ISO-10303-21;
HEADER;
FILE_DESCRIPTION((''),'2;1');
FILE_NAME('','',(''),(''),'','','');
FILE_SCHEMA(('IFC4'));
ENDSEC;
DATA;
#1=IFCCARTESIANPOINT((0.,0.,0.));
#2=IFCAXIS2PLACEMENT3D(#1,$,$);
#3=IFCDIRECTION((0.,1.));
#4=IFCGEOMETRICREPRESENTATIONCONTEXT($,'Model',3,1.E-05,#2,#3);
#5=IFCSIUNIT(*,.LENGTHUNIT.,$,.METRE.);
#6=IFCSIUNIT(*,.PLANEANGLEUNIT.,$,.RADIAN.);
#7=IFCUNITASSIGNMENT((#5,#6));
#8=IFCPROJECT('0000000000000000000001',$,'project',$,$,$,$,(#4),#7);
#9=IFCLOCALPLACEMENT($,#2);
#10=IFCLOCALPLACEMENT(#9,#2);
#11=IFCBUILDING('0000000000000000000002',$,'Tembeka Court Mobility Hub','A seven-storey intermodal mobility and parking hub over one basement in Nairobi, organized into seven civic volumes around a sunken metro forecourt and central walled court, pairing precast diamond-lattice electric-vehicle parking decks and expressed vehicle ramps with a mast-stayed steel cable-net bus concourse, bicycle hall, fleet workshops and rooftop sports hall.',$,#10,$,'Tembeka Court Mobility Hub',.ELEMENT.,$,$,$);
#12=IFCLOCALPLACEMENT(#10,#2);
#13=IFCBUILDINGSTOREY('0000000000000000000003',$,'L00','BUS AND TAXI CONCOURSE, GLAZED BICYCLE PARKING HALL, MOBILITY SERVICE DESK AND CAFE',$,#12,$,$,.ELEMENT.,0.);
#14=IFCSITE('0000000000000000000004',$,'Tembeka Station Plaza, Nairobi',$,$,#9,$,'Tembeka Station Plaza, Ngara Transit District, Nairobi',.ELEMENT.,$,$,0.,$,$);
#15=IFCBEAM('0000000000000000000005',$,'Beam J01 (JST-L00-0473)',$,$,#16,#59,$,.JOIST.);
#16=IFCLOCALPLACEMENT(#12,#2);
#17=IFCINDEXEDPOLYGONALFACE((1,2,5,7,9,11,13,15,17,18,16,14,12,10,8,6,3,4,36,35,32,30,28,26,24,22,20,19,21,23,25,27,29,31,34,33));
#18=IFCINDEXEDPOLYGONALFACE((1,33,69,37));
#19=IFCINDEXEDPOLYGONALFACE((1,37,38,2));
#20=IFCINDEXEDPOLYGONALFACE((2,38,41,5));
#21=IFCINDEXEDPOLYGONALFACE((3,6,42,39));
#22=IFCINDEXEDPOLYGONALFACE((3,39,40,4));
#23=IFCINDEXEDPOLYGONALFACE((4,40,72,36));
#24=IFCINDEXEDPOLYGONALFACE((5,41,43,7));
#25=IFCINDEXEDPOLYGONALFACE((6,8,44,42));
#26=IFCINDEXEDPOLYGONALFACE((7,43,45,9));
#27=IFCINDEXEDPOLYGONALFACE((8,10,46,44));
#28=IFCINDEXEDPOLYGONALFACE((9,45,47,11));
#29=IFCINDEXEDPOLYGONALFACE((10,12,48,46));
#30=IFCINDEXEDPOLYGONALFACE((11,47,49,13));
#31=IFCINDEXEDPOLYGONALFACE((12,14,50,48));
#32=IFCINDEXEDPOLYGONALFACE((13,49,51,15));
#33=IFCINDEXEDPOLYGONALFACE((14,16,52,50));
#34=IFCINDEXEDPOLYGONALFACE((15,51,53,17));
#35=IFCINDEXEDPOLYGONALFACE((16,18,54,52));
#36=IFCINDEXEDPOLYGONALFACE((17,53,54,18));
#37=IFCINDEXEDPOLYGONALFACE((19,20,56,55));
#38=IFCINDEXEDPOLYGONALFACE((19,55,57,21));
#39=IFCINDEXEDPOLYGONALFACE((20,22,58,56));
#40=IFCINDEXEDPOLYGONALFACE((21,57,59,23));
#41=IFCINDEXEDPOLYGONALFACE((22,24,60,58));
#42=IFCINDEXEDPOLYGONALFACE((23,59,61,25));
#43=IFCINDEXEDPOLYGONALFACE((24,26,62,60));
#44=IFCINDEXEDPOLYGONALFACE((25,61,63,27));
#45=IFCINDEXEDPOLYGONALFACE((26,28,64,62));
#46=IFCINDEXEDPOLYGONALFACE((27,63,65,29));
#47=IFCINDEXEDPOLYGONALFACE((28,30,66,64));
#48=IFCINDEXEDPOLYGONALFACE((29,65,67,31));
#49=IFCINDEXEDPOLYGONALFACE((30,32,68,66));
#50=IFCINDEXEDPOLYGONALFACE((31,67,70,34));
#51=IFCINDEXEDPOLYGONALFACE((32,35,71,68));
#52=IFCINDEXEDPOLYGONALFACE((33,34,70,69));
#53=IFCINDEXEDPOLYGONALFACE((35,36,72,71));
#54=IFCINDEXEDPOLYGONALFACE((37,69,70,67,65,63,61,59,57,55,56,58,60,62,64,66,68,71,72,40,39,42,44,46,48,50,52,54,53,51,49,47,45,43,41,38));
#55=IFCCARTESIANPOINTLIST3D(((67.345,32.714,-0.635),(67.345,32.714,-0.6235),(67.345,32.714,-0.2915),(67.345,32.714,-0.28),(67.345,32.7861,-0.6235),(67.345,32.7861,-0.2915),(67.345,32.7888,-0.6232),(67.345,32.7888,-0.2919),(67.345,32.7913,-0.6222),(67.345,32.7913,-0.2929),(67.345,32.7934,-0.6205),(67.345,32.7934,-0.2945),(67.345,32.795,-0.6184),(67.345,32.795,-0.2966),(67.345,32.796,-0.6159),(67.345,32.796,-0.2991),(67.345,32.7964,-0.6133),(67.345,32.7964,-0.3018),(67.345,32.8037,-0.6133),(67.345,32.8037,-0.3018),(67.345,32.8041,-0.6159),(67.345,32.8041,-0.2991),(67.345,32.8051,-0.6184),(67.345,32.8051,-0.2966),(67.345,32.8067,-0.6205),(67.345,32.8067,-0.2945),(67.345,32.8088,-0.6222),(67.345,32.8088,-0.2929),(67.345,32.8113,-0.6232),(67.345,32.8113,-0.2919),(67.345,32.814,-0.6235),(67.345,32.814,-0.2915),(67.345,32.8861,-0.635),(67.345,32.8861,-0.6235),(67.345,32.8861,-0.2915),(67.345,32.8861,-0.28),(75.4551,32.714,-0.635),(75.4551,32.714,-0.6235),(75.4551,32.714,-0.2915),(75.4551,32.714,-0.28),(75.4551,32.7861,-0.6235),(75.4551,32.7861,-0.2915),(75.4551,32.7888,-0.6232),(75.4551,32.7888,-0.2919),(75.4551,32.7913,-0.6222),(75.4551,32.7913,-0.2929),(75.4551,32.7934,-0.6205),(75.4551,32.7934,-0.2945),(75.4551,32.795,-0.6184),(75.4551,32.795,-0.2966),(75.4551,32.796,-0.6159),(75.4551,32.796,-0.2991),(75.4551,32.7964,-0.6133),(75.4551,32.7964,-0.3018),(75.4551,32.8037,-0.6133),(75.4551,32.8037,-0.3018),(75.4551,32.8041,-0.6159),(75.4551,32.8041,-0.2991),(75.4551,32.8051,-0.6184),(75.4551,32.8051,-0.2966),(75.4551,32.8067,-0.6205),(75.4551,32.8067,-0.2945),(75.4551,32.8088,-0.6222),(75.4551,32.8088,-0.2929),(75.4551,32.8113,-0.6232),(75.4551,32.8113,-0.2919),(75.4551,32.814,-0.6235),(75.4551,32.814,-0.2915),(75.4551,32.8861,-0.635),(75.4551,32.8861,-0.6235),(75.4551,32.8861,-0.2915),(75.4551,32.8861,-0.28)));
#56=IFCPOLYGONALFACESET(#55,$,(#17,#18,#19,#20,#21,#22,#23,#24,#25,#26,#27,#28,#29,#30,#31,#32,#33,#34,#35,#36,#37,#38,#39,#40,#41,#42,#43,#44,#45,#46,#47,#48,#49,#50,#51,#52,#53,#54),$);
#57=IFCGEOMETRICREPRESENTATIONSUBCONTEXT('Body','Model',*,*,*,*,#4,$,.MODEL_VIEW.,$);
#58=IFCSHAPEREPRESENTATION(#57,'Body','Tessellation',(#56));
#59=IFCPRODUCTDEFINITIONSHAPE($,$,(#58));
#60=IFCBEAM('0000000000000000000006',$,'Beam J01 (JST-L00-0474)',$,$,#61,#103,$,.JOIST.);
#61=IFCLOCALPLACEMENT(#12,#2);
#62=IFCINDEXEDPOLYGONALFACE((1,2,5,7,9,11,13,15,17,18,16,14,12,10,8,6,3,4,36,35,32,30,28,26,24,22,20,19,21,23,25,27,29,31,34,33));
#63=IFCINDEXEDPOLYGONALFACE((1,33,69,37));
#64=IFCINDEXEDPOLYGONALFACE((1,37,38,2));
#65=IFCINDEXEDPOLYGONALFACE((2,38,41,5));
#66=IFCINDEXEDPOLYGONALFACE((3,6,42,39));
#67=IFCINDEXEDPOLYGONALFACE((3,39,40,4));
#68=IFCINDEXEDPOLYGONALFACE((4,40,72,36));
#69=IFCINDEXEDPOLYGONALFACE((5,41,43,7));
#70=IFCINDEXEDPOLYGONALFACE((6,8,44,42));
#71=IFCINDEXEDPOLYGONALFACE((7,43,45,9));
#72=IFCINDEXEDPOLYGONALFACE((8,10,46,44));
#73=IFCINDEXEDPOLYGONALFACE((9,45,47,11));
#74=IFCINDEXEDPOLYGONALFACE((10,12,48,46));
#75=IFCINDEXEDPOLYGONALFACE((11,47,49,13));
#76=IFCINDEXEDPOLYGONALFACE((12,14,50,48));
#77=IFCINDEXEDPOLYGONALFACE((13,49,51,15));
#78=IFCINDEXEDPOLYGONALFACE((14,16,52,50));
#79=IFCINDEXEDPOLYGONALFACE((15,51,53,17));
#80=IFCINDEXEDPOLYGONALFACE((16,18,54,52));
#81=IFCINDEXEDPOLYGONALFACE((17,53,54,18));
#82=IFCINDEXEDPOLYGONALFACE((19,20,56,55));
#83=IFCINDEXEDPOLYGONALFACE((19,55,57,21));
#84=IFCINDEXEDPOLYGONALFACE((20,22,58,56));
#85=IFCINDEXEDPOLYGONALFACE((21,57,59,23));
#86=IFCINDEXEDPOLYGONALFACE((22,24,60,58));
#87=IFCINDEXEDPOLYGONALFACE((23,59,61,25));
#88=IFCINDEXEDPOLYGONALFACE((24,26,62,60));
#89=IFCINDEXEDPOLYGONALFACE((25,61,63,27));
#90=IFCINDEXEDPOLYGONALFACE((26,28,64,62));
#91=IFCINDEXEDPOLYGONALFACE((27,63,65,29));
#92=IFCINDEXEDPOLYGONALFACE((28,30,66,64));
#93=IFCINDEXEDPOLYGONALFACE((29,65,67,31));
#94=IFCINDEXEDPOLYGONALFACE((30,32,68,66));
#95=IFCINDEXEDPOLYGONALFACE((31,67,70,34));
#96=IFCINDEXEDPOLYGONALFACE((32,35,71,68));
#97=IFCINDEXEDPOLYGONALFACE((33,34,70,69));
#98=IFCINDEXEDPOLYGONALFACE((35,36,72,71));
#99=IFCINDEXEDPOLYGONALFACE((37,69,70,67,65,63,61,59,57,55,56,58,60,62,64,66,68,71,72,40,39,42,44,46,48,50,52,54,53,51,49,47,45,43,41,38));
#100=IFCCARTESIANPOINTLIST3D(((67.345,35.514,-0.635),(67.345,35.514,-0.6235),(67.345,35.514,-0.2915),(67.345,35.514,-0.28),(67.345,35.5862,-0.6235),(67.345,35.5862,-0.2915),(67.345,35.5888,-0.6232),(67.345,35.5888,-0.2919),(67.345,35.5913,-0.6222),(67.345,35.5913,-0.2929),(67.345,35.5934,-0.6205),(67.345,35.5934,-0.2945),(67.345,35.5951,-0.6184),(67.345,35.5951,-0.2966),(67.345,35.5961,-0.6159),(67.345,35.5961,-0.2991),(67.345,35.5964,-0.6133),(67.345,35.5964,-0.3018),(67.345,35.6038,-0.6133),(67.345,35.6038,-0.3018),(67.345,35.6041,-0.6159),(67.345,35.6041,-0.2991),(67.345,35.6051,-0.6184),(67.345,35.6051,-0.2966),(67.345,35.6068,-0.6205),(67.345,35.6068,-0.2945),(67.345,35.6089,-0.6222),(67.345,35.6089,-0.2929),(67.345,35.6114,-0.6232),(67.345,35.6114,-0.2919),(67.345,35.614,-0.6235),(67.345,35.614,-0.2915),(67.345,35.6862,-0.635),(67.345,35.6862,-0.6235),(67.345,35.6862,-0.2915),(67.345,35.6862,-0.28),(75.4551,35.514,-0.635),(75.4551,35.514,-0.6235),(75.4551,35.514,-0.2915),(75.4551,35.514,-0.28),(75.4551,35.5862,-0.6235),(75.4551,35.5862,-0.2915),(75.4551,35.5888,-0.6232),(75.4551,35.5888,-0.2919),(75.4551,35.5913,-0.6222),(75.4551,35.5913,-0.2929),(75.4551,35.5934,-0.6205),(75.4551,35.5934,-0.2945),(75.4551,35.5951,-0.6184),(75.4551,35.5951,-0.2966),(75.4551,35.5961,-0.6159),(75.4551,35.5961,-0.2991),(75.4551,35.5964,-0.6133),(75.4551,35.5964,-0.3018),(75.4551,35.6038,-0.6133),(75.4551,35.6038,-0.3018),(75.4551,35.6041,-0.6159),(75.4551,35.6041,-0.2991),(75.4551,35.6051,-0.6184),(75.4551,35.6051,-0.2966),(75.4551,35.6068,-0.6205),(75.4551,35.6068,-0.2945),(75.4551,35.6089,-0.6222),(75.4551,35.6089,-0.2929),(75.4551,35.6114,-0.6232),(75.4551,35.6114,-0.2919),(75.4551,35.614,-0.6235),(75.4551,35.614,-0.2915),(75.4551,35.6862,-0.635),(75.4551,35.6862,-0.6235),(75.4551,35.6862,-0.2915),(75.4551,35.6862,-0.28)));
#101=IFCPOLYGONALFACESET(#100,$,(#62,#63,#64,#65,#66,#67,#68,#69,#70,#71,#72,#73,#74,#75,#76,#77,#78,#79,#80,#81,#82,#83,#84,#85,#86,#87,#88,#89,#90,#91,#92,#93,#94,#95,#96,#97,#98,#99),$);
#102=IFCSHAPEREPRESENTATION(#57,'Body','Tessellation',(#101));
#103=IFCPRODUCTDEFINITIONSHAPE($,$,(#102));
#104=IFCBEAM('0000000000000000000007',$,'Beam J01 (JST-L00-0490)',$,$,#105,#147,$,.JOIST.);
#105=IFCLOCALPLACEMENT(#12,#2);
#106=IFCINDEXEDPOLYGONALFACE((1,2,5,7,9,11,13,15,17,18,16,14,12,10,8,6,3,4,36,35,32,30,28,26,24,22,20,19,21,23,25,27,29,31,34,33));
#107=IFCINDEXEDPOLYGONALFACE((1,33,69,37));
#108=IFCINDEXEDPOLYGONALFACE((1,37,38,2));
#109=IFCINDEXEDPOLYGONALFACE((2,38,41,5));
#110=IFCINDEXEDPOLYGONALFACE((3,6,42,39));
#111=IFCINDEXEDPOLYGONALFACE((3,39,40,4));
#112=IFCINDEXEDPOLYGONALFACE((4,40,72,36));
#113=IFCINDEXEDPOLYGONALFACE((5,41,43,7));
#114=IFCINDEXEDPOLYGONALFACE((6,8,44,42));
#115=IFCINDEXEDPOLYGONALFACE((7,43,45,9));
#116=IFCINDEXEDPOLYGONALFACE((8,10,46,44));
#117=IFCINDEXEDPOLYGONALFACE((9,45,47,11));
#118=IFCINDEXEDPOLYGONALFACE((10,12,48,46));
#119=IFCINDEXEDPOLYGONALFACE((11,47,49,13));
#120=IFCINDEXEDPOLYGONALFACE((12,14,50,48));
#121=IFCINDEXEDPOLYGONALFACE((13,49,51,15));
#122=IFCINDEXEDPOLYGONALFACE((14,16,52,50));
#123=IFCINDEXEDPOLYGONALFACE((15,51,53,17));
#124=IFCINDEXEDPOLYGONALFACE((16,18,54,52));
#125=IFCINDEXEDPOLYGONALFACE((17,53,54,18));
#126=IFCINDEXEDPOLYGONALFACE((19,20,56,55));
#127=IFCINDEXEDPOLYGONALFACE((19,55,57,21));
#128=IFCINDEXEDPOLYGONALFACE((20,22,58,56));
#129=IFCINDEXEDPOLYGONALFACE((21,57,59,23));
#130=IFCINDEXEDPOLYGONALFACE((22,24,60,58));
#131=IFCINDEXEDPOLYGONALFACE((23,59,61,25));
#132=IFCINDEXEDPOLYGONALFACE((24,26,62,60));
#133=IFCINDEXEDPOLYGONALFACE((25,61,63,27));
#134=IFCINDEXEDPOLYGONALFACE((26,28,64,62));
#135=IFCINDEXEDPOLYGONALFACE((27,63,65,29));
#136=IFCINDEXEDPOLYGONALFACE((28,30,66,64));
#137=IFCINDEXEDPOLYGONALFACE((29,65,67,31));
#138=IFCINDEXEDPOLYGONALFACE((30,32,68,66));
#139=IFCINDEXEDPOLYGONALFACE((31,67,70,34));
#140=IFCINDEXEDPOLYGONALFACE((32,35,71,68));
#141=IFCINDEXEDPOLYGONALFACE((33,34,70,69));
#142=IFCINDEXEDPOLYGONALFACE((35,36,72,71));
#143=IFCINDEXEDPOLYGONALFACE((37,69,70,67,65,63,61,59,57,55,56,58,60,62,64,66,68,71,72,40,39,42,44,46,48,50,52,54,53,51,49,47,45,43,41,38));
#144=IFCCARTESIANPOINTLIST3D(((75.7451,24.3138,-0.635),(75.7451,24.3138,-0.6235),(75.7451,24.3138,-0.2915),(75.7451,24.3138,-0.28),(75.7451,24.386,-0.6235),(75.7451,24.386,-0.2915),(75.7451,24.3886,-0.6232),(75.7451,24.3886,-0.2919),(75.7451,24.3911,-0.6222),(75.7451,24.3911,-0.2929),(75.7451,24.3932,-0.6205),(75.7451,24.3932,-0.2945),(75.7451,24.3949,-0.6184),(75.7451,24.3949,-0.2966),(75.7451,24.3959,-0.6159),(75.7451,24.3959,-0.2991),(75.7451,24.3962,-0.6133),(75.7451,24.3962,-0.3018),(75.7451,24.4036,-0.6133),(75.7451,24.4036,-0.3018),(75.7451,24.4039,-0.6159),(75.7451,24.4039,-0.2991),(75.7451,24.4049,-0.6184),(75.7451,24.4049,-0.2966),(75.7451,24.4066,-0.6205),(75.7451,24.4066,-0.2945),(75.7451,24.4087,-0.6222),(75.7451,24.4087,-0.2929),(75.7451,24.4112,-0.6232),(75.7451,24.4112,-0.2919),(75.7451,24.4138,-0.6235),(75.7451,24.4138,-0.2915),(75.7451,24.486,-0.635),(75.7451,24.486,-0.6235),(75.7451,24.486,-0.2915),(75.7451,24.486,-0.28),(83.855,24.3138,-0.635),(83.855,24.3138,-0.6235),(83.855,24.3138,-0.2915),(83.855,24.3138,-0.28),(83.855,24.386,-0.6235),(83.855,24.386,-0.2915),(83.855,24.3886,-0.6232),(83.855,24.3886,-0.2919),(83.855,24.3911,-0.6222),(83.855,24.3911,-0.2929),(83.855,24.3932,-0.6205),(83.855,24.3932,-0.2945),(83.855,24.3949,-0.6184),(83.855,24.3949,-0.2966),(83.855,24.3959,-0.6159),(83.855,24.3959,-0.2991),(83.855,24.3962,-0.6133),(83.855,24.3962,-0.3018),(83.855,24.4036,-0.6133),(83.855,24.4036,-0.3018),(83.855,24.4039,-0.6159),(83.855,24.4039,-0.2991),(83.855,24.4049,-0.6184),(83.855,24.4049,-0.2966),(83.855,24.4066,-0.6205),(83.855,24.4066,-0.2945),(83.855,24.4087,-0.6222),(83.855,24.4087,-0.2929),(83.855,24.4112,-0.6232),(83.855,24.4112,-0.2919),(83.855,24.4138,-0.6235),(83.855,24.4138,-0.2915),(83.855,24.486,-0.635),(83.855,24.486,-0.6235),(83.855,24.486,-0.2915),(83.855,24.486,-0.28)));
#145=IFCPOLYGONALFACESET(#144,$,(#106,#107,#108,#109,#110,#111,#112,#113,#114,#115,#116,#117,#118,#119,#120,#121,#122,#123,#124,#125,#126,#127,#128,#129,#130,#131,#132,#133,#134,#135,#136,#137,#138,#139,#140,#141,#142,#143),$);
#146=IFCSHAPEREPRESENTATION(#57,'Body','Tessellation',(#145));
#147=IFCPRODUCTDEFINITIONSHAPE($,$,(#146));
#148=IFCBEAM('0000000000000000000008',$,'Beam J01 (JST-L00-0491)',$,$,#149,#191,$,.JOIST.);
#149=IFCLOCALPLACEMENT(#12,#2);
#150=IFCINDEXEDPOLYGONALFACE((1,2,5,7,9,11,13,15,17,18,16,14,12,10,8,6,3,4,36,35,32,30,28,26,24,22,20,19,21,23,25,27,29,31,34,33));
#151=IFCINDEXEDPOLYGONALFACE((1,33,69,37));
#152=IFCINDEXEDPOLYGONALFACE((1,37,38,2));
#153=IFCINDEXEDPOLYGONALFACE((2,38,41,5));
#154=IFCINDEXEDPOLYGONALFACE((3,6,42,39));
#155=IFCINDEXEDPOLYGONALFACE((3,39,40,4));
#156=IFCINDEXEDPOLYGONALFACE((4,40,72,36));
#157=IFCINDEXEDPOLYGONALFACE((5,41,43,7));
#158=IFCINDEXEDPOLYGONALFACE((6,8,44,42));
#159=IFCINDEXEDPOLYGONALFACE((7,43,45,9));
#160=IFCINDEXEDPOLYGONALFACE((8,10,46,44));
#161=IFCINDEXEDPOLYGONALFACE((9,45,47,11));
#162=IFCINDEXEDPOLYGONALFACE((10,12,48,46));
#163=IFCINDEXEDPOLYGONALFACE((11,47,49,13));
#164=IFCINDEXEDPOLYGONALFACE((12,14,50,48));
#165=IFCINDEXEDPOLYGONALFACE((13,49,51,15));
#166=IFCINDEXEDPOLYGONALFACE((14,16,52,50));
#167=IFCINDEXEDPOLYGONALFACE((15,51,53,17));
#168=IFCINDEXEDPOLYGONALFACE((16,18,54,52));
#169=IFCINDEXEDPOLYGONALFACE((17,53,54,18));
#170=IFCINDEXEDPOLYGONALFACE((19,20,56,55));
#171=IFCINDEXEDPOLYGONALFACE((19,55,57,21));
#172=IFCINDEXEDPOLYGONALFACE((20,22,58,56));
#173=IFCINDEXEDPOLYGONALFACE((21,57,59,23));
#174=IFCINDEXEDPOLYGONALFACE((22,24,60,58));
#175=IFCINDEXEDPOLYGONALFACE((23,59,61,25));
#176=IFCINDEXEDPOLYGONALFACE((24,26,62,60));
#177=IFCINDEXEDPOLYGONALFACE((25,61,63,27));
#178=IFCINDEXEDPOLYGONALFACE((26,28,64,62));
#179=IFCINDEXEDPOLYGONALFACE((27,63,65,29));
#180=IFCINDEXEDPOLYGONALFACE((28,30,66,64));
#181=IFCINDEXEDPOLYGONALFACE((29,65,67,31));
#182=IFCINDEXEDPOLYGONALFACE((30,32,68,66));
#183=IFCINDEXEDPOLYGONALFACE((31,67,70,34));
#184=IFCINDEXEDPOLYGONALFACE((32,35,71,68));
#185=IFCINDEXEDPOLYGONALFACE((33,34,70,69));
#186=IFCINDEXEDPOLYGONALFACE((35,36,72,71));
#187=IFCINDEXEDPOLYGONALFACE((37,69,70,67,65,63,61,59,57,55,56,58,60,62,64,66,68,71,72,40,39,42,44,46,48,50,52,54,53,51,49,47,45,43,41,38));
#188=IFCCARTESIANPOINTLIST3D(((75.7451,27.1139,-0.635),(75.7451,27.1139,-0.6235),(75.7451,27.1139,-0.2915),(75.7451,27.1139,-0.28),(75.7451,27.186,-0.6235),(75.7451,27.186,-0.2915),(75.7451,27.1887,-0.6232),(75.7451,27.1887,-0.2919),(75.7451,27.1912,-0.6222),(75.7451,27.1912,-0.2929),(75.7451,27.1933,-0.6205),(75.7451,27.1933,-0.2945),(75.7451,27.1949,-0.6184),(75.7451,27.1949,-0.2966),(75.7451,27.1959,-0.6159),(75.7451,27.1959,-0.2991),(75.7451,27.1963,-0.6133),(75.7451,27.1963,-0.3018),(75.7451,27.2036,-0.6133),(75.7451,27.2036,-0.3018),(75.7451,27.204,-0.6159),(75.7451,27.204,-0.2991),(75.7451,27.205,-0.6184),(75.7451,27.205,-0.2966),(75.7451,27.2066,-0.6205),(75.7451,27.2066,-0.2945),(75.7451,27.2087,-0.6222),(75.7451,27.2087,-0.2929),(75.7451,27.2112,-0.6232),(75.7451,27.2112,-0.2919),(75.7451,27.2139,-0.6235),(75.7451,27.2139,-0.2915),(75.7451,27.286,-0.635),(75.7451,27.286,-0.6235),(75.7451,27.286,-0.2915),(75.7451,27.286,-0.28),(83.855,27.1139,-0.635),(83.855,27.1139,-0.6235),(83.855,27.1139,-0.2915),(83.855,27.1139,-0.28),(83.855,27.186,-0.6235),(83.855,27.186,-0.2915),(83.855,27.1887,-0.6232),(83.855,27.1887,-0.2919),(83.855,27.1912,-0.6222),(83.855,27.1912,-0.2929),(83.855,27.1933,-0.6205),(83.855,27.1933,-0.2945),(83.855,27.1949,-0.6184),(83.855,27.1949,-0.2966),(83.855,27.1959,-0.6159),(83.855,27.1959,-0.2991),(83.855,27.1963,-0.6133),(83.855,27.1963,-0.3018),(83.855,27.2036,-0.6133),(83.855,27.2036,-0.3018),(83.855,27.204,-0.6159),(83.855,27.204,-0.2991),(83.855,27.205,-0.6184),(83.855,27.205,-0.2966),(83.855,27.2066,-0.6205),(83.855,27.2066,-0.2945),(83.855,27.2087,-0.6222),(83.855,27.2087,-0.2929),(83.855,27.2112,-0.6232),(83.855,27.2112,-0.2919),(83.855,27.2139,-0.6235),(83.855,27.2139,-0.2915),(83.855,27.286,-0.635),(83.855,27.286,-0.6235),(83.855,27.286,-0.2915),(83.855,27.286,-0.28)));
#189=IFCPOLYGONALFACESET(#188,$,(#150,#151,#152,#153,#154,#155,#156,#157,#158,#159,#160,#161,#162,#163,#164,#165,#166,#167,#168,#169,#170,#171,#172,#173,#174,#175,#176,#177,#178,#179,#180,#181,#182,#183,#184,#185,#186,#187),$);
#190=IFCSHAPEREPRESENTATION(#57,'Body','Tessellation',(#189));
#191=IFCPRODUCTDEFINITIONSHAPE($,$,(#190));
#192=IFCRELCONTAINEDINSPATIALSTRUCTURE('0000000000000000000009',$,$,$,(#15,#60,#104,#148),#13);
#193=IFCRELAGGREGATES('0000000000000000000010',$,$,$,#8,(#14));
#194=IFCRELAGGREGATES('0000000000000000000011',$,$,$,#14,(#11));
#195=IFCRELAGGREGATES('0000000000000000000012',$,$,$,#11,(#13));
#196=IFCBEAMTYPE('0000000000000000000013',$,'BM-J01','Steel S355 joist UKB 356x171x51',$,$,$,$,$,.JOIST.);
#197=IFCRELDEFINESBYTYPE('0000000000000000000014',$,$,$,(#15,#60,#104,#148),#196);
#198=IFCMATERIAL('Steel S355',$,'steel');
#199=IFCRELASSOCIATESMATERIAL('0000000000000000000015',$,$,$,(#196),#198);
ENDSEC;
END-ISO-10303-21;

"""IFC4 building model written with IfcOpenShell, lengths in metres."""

from ifc_helpers import new_model, si_unit, direction, frame, origin, origin_2d, place, context, subcontext, project, spatial, i_section, extrude, material, material_profile, profile_set, type_object, element, save


model = new_model("IFC4")

# Units and contexts
model_context = context("Model", 3, precision=1e-05, world=origin(), true_north=direction((0.0, 1.0)))
body_context = subcontext(model_context, "Body", "Model", "MODEL_VIEW")
ifc_project = project(units=[si_unit("LENGTHUNIT", "METRE"), si_unit("PLANEANGLEUNIT", "RADIAN")], contexts=[model_context])

# Site, building, storey
site_placement = place(None, origin())
site = spatial("IfcSite", under=ifc_project, at=site_placement, Name="Tembeka Station Plaza, Nairobi", LongName="Tembeka Station Plaza, Ngara Transit District, Nairobi", CompositionType="ELEMENT", RefElevation=0.0)
building_placement = place(site_placement, origin())
building = spatial("IfcBuilding", under=site, at=building_placement, Name="Tembeka Court Mobility Hub", Description="A seven-storey intermodal mobility and parking hub over one basement in Nairobi, organized into seven civic volumes around a sunken metro forecourt and central walled court, pairing precast diamond-lattice electric-vehicle parking decks and expressed vehicle ramps with a mast-stayed steel cable-net bus concourse, bicycle hall, fleet workshops and rooftop sports hall.", LongName="Tembeka Court Mobility Hub", CompositionType="ELEMENT")
storey_placement = place(building_placement, origin())
storey = spatial("IfcBuildingStorey", under=building, at=storey_placement, Name="L00", Description="BUS AND TAXI CONCOURSE, GLAZED BICYCLE PARKING HALL, MOBILITY SERVICE DESK AND CAFE", CompositionType="ELEMENT", Elevation=0.0)

# Shared definitions
ifc_material_1 = material(Name="Steel S355", Category="steel")

# Beams
ifc_material_profile_1 = material_profile(ifc_material_1, i_section(OverallWidth=0.1721, OverallDepth=0.355, WebThickness=0.0073, FlangeThickness=0.0115, FilletRadius=0.0103, at=origin_2d()), Name="UKB 356x171x51")
ifc_profile_set_1 = profile_set([ifc_material_profile_1], Name="Steel S355")
beam_type_1 = type_object("IfcBeamType", Name="BM-J01", Description="Steel S355 joist UKB 356x171x51", PredefinedType="JOIST", material=ifc_profile_set_1)
for number, where, z_axis, x_axis, name in (
    (1, (67.345, 32.8, -0.4575), (1.0, 0.0, 0.0), (0.0, 1.0, 0.0), "Beam J01 (JST-L00-0473)"),
    (2, (67.345, 35.6001, -0.4575), (1.0, 0.0, 0.0), (0.0, 1.0, 0.0), "Beam J01 (JST-L00-0474)"),
):
    element("IfcBeam", number, at=place(storey_placement, frame(where, z_axis=z_axis, x_axis=x_axis)), inside=storey, type_object=beam_type_1, Name=name, PredefinedType="JOIST", context=body_context, shape_type="SweptSolid", body=[
        extrude(i_section(OverallWidth=0.1721, OverallDepth=0.355, WebThickness=0.0073, FlangeThickness=0.0115, FilletRadius=0.0103, at=origin_2d()), origin(), (0.0, 0.0, 1.0), 8.1101),
    ])
for number, where, z_axis, x_axis, name in (
    (3, (75.7451, 24.3999, -0.4575), (1.0, 0.0, 0.0), (0.0, 1.0, 0.0), "Beam J01 (JST-L00-0490)"),
    (4, (75.7451, 27.2, -0.4575), (1.0, 0.0, 0.0), (0.0, 1.0, 0.0), "Beam J01 (JST-L00-0491)"),
):
    element("IfcBeam", number, at=place(storey_placement, frame(where, z_axis=z_axis, x_axis=x_axis)), inside=storey, type_object=beam_type_1, Name=name, PredefinedType="JOIST", context=body_context, shape_type="SweptSolid", body=[
        extrude(i_section(OverallWidth=0.1721, OverallDepth=0.355, WebThickness=0.0073, FlangeThickness=0.0115, FilletRadius=0.0103, at=origin_2d()), origin(), (0.0, 0.0, 1.0), 8.1099),
    ])

save(model, "model.ifc")
